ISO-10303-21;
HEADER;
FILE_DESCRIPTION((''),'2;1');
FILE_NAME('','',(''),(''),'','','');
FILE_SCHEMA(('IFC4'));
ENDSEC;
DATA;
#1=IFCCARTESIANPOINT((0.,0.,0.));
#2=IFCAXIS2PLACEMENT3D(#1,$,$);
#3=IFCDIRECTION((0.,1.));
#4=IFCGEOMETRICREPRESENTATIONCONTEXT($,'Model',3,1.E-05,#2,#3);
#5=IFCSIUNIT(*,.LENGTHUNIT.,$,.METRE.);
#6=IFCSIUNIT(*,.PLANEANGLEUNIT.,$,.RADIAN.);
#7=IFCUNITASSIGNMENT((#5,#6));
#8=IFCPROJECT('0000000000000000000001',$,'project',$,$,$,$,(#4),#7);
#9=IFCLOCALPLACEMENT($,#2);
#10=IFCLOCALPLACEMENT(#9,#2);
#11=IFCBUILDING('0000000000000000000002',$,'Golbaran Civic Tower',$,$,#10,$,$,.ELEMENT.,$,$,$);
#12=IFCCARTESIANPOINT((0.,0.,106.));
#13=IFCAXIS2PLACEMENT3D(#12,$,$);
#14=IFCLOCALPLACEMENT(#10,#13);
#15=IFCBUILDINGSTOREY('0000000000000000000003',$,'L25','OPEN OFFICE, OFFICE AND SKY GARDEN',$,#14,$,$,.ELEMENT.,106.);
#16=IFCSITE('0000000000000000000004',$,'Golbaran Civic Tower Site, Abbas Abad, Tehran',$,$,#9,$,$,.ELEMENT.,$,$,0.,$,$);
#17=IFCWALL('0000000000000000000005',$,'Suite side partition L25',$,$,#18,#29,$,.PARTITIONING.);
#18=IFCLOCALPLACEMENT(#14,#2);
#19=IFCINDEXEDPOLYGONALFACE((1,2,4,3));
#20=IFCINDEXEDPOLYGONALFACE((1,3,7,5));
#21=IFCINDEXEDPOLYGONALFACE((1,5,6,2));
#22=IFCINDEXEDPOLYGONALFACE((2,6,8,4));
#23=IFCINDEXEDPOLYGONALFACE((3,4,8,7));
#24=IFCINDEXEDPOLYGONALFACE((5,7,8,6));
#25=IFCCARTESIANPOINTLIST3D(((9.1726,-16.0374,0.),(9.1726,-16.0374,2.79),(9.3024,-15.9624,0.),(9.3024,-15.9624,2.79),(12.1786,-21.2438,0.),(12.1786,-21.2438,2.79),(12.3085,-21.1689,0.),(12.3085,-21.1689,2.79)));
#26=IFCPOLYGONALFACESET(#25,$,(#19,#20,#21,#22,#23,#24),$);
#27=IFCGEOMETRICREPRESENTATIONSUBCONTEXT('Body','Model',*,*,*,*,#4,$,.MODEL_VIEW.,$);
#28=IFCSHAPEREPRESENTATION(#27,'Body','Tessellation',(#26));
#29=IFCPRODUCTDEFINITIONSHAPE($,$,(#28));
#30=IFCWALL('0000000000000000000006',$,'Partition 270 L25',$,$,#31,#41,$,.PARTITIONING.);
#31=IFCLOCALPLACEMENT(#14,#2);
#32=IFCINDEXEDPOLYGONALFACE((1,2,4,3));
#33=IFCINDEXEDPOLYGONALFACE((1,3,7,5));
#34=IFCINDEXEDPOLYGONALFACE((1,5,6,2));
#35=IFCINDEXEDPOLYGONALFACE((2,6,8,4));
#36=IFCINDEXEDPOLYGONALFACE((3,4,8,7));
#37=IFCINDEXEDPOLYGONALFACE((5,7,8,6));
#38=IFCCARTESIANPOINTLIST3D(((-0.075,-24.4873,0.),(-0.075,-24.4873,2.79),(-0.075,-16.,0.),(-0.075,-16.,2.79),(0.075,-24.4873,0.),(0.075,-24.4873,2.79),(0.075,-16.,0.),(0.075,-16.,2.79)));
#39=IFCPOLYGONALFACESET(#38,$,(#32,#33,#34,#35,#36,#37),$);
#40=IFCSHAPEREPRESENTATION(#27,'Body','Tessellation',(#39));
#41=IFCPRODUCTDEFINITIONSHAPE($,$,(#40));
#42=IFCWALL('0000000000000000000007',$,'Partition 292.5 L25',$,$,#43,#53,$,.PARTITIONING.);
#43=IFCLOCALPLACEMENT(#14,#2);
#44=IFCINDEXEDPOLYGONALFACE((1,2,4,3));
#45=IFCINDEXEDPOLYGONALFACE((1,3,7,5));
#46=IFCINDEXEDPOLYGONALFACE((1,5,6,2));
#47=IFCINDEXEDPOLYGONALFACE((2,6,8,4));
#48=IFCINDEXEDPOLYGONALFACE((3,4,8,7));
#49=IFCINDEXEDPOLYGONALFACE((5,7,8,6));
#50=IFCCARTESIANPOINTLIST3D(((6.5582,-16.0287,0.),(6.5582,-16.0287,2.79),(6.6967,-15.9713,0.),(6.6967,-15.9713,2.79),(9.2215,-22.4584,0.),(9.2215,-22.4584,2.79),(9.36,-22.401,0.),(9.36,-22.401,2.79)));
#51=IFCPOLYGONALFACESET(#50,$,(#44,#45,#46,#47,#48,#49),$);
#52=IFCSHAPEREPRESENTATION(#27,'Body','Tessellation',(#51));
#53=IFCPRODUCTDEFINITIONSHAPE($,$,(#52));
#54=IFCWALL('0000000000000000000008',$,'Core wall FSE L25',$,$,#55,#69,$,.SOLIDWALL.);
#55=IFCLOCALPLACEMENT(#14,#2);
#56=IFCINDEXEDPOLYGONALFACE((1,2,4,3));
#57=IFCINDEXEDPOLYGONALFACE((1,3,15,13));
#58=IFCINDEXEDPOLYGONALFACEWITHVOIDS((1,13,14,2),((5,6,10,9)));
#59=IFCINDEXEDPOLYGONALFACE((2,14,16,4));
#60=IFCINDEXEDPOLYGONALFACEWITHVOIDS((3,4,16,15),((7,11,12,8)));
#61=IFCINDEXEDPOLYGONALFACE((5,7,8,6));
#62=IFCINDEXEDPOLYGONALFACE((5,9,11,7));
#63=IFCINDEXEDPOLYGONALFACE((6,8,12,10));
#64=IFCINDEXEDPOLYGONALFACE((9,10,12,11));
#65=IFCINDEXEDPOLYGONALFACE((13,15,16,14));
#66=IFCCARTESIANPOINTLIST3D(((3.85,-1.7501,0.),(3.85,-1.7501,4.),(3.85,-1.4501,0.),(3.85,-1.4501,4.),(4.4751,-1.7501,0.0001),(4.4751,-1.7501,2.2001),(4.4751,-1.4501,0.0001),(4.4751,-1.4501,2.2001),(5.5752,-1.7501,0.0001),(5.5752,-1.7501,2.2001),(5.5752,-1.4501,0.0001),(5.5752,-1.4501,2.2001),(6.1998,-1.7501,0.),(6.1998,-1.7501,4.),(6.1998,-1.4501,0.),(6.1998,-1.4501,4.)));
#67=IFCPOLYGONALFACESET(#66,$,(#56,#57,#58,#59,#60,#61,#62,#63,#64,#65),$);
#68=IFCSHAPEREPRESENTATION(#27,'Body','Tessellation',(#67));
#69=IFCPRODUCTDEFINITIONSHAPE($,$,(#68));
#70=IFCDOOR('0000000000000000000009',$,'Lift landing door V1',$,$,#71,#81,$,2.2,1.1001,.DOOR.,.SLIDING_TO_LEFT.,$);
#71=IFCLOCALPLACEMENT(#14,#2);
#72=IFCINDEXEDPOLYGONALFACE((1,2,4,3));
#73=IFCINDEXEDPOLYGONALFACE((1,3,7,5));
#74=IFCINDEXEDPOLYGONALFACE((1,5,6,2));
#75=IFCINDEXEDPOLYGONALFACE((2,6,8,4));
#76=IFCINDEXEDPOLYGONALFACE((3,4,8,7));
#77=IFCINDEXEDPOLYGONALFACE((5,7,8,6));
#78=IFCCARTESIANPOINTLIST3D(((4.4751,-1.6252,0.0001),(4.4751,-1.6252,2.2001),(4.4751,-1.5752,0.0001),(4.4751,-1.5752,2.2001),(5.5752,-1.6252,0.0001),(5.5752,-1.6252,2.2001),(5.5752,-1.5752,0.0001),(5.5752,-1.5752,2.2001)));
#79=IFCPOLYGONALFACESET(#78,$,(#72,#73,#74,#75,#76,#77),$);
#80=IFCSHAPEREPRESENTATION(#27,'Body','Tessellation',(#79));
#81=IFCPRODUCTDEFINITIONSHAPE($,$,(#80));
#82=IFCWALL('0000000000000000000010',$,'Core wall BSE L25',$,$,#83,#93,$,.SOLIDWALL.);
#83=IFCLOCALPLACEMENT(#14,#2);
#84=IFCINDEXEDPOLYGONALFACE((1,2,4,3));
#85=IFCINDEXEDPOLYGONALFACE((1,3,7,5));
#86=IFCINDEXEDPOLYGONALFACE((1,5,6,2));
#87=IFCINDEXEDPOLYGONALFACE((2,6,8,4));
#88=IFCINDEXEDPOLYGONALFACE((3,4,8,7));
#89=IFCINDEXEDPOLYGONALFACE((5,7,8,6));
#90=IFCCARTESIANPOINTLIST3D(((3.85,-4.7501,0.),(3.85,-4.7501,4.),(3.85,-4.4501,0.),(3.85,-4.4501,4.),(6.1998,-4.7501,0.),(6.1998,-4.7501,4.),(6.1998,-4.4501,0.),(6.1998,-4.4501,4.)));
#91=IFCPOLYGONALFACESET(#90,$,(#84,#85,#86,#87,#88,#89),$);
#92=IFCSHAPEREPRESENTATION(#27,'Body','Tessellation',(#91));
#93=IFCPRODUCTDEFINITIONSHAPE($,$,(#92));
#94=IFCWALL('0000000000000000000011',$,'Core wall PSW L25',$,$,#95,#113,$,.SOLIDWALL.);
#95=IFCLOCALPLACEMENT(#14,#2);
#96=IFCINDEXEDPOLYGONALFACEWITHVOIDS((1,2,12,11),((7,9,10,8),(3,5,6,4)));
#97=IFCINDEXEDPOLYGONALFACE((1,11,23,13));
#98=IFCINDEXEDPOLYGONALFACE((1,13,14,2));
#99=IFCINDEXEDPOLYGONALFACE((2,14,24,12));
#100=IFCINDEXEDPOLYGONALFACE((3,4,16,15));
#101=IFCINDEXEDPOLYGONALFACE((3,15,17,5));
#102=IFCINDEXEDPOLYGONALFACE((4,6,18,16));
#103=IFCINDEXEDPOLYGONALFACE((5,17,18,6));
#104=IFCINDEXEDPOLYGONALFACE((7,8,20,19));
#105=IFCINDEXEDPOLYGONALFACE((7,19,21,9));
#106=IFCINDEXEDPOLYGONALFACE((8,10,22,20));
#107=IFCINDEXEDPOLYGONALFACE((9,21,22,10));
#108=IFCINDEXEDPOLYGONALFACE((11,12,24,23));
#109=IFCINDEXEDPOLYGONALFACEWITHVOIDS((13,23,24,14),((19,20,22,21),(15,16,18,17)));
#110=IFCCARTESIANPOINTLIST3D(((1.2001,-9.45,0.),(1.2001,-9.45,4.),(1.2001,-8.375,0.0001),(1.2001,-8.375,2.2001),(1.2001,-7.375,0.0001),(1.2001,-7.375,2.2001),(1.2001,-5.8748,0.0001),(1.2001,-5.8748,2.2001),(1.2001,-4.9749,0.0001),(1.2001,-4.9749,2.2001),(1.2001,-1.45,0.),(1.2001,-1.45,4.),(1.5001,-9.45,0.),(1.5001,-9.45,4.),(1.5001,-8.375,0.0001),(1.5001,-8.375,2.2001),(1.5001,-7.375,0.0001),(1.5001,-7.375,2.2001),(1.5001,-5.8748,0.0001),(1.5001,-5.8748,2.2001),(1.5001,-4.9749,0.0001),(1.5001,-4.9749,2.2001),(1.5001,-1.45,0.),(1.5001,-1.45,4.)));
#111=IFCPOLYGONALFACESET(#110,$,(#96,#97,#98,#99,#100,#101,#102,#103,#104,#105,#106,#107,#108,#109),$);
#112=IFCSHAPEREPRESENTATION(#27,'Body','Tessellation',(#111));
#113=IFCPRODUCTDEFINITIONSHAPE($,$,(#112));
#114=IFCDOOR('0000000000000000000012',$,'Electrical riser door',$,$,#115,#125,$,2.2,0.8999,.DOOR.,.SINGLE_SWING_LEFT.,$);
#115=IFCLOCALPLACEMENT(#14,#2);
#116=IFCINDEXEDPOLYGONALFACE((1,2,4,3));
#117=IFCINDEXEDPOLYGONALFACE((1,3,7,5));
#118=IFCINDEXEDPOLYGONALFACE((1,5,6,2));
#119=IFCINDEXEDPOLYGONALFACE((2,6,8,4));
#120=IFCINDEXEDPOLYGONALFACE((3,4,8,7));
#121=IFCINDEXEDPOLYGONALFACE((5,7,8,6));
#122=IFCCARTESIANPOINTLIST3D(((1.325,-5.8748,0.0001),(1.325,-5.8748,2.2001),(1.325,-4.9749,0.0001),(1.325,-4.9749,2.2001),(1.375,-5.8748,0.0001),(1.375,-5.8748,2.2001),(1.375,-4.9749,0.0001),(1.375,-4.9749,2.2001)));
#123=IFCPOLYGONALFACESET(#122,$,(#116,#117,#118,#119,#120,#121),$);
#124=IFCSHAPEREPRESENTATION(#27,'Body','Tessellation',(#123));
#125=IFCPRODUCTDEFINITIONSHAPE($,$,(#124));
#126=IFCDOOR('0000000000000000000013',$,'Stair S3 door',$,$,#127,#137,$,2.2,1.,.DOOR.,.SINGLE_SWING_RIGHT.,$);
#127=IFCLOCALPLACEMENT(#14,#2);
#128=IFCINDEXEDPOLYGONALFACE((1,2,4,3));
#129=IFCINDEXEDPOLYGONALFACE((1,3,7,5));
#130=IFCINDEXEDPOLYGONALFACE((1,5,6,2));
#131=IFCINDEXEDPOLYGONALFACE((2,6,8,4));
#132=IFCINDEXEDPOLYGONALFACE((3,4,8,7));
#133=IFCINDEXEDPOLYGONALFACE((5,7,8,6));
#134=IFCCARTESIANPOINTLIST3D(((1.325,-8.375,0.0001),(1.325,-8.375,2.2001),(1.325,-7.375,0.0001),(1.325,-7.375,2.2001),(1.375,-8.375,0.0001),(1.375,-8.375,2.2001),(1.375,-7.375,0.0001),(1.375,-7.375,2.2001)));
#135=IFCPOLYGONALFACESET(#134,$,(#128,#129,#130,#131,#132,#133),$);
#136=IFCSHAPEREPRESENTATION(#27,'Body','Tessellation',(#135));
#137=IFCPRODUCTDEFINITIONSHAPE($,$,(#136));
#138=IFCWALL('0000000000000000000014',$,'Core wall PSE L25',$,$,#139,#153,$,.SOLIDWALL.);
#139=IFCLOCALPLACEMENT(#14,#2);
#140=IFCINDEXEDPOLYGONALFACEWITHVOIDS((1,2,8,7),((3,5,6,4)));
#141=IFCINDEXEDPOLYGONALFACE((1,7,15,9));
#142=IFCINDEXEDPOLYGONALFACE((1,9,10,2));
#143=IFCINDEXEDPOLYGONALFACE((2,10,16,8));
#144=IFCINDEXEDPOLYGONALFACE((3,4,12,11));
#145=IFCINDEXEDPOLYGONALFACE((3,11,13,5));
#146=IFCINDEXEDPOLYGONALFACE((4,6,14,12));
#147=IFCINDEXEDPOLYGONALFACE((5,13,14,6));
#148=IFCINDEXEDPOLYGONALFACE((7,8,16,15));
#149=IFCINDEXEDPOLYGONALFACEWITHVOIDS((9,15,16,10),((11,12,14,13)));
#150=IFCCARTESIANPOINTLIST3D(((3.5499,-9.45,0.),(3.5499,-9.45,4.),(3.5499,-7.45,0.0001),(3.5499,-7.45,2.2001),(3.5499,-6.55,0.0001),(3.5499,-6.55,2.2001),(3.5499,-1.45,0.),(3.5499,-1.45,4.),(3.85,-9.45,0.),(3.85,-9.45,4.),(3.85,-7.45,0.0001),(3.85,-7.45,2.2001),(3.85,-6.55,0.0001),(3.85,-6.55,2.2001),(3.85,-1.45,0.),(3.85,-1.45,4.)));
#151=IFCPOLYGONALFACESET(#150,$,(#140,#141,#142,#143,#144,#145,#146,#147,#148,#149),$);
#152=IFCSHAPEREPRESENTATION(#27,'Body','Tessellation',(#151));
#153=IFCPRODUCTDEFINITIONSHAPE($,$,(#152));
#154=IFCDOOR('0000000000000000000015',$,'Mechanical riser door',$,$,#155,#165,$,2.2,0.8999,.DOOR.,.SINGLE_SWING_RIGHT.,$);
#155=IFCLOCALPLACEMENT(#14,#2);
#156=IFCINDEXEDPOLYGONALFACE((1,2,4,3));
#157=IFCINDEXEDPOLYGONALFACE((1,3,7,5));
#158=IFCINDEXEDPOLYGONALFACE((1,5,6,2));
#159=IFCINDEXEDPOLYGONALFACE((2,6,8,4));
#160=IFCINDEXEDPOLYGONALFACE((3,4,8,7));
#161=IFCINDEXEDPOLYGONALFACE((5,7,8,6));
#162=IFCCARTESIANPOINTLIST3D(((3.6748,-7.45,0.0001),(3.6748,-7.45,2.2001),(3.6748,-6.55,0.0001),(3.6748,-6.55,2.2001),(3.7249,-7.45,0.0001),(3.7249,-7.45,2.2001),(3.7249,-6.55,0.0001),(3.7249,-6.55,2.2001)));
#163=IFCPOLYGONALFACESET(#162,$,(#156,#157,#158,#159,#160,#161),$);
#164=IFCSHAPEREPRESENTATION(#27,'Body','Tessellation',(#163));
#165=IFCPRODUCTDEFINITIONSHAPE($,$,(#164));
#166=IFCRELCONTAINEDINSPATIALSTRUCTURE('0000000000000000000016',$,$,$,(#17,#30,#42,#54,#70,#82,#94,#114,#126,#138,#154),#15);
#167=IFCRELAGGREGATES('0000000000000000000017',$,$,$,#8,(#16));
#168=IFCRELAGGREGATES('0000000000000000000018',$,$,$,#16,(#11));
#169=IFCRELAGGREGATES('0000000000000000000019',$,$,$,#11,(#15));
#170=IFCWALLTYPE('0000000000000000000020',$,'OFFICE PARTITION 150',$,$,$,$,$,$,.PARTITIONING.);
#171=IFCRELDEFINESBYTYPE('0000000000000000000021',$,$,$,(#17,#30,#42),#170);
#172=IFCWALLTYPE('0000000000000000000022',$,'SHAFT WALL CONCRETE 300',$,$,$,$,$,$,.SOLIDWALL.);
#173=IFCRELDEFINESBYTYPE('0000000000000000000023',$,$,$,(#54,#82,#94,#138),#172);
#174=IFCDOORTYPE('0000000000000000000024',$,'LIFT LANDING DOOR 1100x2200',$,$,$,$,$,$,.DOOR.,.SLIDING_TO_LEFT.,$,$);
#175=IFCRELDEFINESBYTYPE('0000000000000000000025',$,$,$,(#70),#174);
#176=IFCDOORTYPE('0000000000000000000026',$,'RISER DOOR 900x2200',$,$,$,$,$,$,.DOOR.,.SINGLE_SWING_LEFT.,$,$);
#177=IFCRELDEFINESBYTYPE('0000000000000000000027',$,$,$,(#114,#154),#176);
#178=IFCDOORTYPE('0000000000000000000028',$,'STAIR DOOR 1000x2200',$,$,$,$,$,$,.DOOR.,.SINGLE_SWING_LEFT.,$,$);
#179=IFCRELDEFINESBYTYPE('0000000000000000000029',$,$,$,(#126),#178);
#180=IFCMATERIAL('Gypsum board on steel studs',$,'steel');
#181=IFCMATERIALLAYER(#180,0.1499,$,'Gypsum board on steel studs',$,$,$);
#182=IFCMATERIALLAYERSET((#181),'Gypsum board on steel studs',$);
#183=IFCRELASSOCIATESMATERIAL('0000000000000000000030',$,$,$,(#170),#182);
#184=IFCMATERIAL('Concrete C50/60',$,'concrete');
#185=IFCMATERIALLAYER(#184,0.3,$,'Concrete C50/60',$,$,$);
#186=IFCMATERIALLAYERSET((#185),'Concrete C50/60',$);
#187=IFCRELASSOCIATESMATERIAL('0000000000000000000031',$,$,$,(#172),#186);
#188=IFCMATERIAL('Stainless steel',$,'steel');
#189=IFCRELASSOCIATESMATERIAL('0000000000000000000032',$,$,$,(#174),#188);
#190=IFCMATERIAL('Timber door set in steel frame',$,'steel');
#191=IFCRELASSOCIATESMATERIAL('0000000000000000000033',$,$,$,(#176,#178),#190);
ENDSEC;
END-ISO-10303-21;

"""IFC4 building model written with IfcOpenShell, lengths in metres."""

from ifc_helpers import new_model, si_unit, direction, frame, frame_2d, origin, place, context, subcontext, project, spatial, rectangle, extrude, material, layer, layer_set, type_object, element, fill, save


model = new_model("IFC4")

# Units and contexts
model_context = context("Model", 3, precision=1e-05, world=origin(), true_north=direction((0.0, 1.0)))
body_context = subcontext(model_context, "Body", "Model", "MODEL_VIEW")
ifc_project = project(units=[si_unit("LENGTHUNIT", "METRE"), si_unit("PLANEANGLEUNIT", "RADIAN")], contexts=[model_context])

# Site, building, storey
site_placement = place(None, origin())
site = spatial("IfcSite", under=ifc_project, at=site_placement, Name="Golbaran Civic Tower Site, Abbas Abad, Tehran", CompositionType="ELEMENT", RefElevation=0.0)
building_placement = place(site_placement, origin())
building = spatial("IfcBuilding", under=site, at=building_placement, Name="Golbaran Civic Tower", CompositionType="ELEMENT")
storey_placement = place(building_placement, frame((0.0, 0.0, 106.0)))
storey = spatial("IfcBuildingStorey", under=building, at=storey_placement, Name="L25", Description="OPEN OFFICE, OFFICE AND SKY GARDEN", CompositionType="ELEMENT", Elevation=106.0)

# Walls
ifc_material_1 = material(Name="Concrete C50/60", Category="concrete")
ifc_material_2 = material(Name="Gypsum board on steel studs", Category="steel")
ifc_layer_1 = layer(ifc_material_2, 0.1499, Name="Gypsum board on steel studs")
ifc_layer_set_1 = layer_set([ifc_layer_1], Name="Gypsum board on steel studs")
wall_type_1 = type_object("IfcWallType", Name="OFFICE PARTITION 150", PredefinedType="PARTITIONING", material=ifc_layer_set_1)
wall_1_placement = place(storey_placement, frame((9.2375, -16.0, 0.0), z_axis=(0.0, 0.0, 1.0), x_axis=(0.500013, -0.866018, 0.0)))
element("IfcWall", 1, at=wall_1_placement, inside=storey, type_object=wall_type_1, Name="Suite side partition L25", PredefinedType="PARTITIONING", context=body_context, shape_type="SweptSolid", body=[
    extrude(rectangle(XDim=6.012, YDim=0.1499, at=frame_2d((3.0059, 0.0))), origin(), (0.0, 0.0, 1.0), 2.79),
])
wall_2_placement = place(storey_placement, frame((0.0, -16.0, 0.0), z_axis=(0.0, 0.0, 1.0), x_axis=(0.0, -1.0, 0.0)))
element("IfcWall", 2, at=wall_2_placement, inside=storey, type_object=wall_type_1, Name="Partition 270 L25", PredefinedType="PARTITIONING", context=body_context, shape_type="SweptSolid", body=[
    extrude(rectangle(XDim=8.4873, YDim=0.1499, at=frame_2d((4.2437, 0.0))), origin(), (0.0, 0.0, 1.0), 2.79),
])
wall_3_placement = place(storey_placement, frame((6.6274, -16.0, 0.0), z_axis=(0.0, 0.0, 1.0), x_axis=(0.382692, -0.923876, 0.0)))
element("IfcWall", 3, at=wall_3_placement, inside=storey, type_object=wall_type_1, Name="Partition 292.5 L25", PredefinedType="PARTITIONING", context=body_context, shape_type="SweptSolid", body=[
    extrude(rectangle(XDim=6.9595, YDim=0.1499, at=frame_2d((3.4797, 0.0))), origin(), (0.0, 0.0, 1.0), 2.79),
])

# Wall, opening, door
ifc_layer_2 = layer(ifc_material_1, 0.3, Name="Concrete C50/60")
ifc_layer_set_2 = layer_set([ifc_layer_2], Name="Concrete C50/60")
wall_type_2 = type_object("IfcWallType", Name="SHAFT WALL CONCRETE 300", PredefinedType="SOLIDWALL", material=ifc_layer_set_2)
wall_4_placement = place(storey_placement, frame((3.8501, -1.6001, 0.0), z_axis=(0.0, 0.0, 1.0), x_axis=(1.0, 0.0, 0.0)))
wall_4 = element("IfcWall", 4, at=wall_4_placement, inside=storey, type_object=wall_type_2, Name="Core wall FSE L25", PredefinedType="SOLIDWALL", context=body_context, shape_type="SweptSolid", body=[
    extrude(rectangle(XDim=2.3499, YDim=0.3, at=frame_2d((1.1748, 0.0))), origin(), (0.0, 0.0, 1.0), 4.0),
])
opening_1_placement = place(wall_4_placement, frame((0.625, 0.0, 0.0)))
opening_1 = element("IfcOpeningElement", 5, at=opening_1_placement, cuts=wall_4, PredefinedType="OPENING", context=body_context, shape_type="SweptSolid", body=[
    extrude(rectangle(XDim=1.1001, YDim=2.2, at=frame_2d((0.55, 1.1001))), frame((0.0, 0.1599, 0.0), z_axis=(0.0, -1.0, 0.0), x_axis=(1.0, 0.0, 0.0)), (0.0, 0.0, 1.0), 0.3201),
])
ifc_material_3 = material(Name="Stainless steel", Category="steel")
door_type_1 = type_object("IfcDoorType", Name="LIFT LANDING DOOR 1100x2200", OperationType="SLIDING_TO_LEFT", PredefinedType="DOOR", material=ifc_material_3)
door_1_placement = place(opening_1_placement, origin())
door_1 = element("IfcDoor", 6, at=door_1_placement, inside=storey, type_object=door_type_1, Name="Lift landing door V1", OperationType="SLIDING_TO_LEFT", OverallHeight=2.2, OverallWidth=1.1001, PredefinedType="DOOR", context=body_context, shape_type="SweptSolid", body=[
    extrude(rectangle(XDim=1.1001, YDim=2.2, at=frame_2d((0.55, 1.1001))), frame((0.0, 0.0249, 0.0), z_axis=(0.0, -1.0, 0.0), x_axis=(1.0, 0.0, 0.0)), (0.0, 0.0, 1.0), 0.05),
])
fill(opening_1, door_1)

# Wall
wall_5_placement = place(storey_placement, frame((3.8501, -4.6001, 0.0), z_axis=(0.0, 0.0, 1.0), x_axis=(1.0, 0.0, 0.0)))
element("IfcWall", 7, at=wall_5_placement, inside=storey, type_object=wall_type_2, Name="Core wall BSE L25", PredefinedType="SOLIDWALL", context=body_context, shape_type="SweptSolid", body=[
    extrude(rectangle(XDim=2.3499, YDim=0.3, at=frame_2d((1.1748, 0.0))), origin(), (0.0, 0.0, 1.0), 4.0),
])

# Wall, openings, doors
wall_6_placement = place(storey_placement, frame((1.3501, -1.45, 0.0), z_axis=(0.0, 0.0, 1.0), x_axis=(0.0, -1.0, 0.0)))
wall_6 = element("IfcWall", 8, at=wall_6_placement, inside=storey, type_object=wall_type_2, Name="Core wall PSW L25", PredefinedType="SOLIDWALL", context=body_context, shape_type="SweptSolid", body=[
    extrude(rectangle(XDim=8.0, YDim=0.3, at=frame_2d((4.0, 0.0))), origin(), (0.0, 0.0, 1.0), 4.0),
])
opening_2_placement = place(wall_6_placement, frame((5.925, 0.0, 0.0)))
opening_2 = element("IfcOpeningElement", 9, at=opening_2_placement, cuts=wall_6, PredefinedType="OPENING", context=body_context, shape_type="SweptSolid", body=[
    extrude(rectangle(XDim=1.0, YDim=2.2, at=frame_2d((0.5, 1.1001))), frame((0.0, 0.1599, 0.0), z_axis=(0.0, -1.0, 0.0), x_axis=(1.0, 0.0, 0.0)), (0.0, 0.0, 1.0), 0.3201),
])
opening_3_placement = place(wall_6_placement, frame((3.5249, 0.0, 0.0)))
opening_3 = element("IfcOpeningElement", 10, at=opening_3_placement, cuts=wall_6, PredefinedType="OPENING", context=body_context, shape_type="SweptSolid", body=[
    extrude(rectangle(XDim=0.8999, YDim=2.2, at=frame_2d((0.45, 1.1001))), frame((0.0, 0.1599, 0.0), z_axis=(0.0, -1.0, 0.0), x_axis=(1.0, 0.0, 0.0)), (0.0, 0.0, 1.0), 0.3201),
])
ifc_material_4 = material(Name="Timber door set in steel frame", Category="steel")
door_type_2 = type_object("IfcDoorType", Name="RISER DOOR 900x2200", OperationType="SINGLE_SWING_LEFT", PredefinedType="DOOR", material=ifc_material_4)
door_2_placement = place(opening_3_placement, origin())
door_2 = element("IfcDoor", 11, at=door_2_placement, inside=storey, type_object=door_type_2, Name="Electrical riser door", OperationType="SINGLE_SWING_LEFT", OverallHeight=2.2, OverallWidth=0.8999, PredefinedType="DOOR", context=body_context, shape_type="SweptSolid", body=[
    extrude(rectangle(XDim=0.8999, YDim=2.2, at=frame_2d((0.45, 1.1001))), frame((0.0, 0.0249, 0.0), z_axis=(0.0, -1.0, 0.0), x_axis=(1.0, 0.0, 0.0)), (0.0, 0.0, 1.0), 0.05),
])
fill(opening_3, door_2)
door_type_3 = type_object("IfcDoorType", Name="STAIR DOOR 1000x2200", OperationType="SINGLE_SWING_LEFT", PredefinedType="DOOR", material=ifc_material_4)
door_3_placement = place(opening_2_placement, origin())
door_3 = element("IfcDoor", 12, at=door_3_placement, inside=storey, type_object=door_type_3, Name="Stair S3 door", OperationType="SINGLE_SWING_RIGHT", OverallHeight=2.2, OverallWidth=1.0, PredefinedType="DOOR", context=body_context, shape_type="SweptSolid", body=[
    extrude(rectangle(XDim=1.0, YDim=2.2, at=frame_2d((0.5, 1.1001))), frame((0.0, 0.0249, 0.0), z_axis=(0.0, -1.0, 0.0), x_axis=(1.0, 0.0, 0.0)), (0.0, 0.0, 1.0), 0.05),
])
fill(opening_2, door_3)

# Wall, opening, door
wall_7_placement = place(storey_placement, frame((3.7, -1.45, 0.0), z_axis=(0.0, 0.0, 1.0), x_axis=(0.0, -1.0, 0.0)))
wall_7 = element("IfcWall", 13, at=wall_7_placement, inside=storey, type_object=wall_type_2, Name="Core wall PSE L25", PredefinedType="SOLIDWALL", context=body_context, shape_type="SweptSolid", body=[
    extrude(rectangle(XDim=8.0, YDim=0.3, at=frame_2d((4.0, 0.0))), origin(), (0.0, 0.0, 1.0), 4.0),
])
opening_4_placement = place(wall_7_placement, frame((5.1001, 0.0, 0.0)))
opening_4 = element("IfcOpeningElement", 14, at=opening_4_placement, cuts=wall_7, PredefinedType="OPENING", context=body_context, shape_type="SweptSolid", body=[
    extrude(rectangle(XDim=0.8999, YDim=2.2, at=frame_2d((0.45, 1.1001))), frame((0.0, 0.1599, 0.0), z_axis=(0.0, -1.0, 0.0), x_axis=(1.0, 0.0, 0.0)), (0.0, 0.0, 1.0), 0.3201),
])
door_4_placement = place(opening_4_placement, origin())
door_4 = element("IfcDoor", 15, at=door_4_placement, inside=storey, type_object=door_type_2, Name="Mechanical riser door", OperationType="SINGLE_SWING_RIGHT", OverallHeight=2.2, OverallWidth=0.8999, PredefinedType="DOOR", context=body_context, shape_type="SweptSolid", body=[
    extrude(rectangle(XDim=0.8999, YDim=2.2, at=frame_2d((0.45, 1.1001))), frame((0.0, 0.0249, 0.0), z_axis=(0.0, -1.0, 0.0), x_axis=(1.0, 0.0, 0.0)), (0.0, 0.0, 1.0), 0.05),
])
fill(opening_4, door_4)

save(model, "model.ifc")
